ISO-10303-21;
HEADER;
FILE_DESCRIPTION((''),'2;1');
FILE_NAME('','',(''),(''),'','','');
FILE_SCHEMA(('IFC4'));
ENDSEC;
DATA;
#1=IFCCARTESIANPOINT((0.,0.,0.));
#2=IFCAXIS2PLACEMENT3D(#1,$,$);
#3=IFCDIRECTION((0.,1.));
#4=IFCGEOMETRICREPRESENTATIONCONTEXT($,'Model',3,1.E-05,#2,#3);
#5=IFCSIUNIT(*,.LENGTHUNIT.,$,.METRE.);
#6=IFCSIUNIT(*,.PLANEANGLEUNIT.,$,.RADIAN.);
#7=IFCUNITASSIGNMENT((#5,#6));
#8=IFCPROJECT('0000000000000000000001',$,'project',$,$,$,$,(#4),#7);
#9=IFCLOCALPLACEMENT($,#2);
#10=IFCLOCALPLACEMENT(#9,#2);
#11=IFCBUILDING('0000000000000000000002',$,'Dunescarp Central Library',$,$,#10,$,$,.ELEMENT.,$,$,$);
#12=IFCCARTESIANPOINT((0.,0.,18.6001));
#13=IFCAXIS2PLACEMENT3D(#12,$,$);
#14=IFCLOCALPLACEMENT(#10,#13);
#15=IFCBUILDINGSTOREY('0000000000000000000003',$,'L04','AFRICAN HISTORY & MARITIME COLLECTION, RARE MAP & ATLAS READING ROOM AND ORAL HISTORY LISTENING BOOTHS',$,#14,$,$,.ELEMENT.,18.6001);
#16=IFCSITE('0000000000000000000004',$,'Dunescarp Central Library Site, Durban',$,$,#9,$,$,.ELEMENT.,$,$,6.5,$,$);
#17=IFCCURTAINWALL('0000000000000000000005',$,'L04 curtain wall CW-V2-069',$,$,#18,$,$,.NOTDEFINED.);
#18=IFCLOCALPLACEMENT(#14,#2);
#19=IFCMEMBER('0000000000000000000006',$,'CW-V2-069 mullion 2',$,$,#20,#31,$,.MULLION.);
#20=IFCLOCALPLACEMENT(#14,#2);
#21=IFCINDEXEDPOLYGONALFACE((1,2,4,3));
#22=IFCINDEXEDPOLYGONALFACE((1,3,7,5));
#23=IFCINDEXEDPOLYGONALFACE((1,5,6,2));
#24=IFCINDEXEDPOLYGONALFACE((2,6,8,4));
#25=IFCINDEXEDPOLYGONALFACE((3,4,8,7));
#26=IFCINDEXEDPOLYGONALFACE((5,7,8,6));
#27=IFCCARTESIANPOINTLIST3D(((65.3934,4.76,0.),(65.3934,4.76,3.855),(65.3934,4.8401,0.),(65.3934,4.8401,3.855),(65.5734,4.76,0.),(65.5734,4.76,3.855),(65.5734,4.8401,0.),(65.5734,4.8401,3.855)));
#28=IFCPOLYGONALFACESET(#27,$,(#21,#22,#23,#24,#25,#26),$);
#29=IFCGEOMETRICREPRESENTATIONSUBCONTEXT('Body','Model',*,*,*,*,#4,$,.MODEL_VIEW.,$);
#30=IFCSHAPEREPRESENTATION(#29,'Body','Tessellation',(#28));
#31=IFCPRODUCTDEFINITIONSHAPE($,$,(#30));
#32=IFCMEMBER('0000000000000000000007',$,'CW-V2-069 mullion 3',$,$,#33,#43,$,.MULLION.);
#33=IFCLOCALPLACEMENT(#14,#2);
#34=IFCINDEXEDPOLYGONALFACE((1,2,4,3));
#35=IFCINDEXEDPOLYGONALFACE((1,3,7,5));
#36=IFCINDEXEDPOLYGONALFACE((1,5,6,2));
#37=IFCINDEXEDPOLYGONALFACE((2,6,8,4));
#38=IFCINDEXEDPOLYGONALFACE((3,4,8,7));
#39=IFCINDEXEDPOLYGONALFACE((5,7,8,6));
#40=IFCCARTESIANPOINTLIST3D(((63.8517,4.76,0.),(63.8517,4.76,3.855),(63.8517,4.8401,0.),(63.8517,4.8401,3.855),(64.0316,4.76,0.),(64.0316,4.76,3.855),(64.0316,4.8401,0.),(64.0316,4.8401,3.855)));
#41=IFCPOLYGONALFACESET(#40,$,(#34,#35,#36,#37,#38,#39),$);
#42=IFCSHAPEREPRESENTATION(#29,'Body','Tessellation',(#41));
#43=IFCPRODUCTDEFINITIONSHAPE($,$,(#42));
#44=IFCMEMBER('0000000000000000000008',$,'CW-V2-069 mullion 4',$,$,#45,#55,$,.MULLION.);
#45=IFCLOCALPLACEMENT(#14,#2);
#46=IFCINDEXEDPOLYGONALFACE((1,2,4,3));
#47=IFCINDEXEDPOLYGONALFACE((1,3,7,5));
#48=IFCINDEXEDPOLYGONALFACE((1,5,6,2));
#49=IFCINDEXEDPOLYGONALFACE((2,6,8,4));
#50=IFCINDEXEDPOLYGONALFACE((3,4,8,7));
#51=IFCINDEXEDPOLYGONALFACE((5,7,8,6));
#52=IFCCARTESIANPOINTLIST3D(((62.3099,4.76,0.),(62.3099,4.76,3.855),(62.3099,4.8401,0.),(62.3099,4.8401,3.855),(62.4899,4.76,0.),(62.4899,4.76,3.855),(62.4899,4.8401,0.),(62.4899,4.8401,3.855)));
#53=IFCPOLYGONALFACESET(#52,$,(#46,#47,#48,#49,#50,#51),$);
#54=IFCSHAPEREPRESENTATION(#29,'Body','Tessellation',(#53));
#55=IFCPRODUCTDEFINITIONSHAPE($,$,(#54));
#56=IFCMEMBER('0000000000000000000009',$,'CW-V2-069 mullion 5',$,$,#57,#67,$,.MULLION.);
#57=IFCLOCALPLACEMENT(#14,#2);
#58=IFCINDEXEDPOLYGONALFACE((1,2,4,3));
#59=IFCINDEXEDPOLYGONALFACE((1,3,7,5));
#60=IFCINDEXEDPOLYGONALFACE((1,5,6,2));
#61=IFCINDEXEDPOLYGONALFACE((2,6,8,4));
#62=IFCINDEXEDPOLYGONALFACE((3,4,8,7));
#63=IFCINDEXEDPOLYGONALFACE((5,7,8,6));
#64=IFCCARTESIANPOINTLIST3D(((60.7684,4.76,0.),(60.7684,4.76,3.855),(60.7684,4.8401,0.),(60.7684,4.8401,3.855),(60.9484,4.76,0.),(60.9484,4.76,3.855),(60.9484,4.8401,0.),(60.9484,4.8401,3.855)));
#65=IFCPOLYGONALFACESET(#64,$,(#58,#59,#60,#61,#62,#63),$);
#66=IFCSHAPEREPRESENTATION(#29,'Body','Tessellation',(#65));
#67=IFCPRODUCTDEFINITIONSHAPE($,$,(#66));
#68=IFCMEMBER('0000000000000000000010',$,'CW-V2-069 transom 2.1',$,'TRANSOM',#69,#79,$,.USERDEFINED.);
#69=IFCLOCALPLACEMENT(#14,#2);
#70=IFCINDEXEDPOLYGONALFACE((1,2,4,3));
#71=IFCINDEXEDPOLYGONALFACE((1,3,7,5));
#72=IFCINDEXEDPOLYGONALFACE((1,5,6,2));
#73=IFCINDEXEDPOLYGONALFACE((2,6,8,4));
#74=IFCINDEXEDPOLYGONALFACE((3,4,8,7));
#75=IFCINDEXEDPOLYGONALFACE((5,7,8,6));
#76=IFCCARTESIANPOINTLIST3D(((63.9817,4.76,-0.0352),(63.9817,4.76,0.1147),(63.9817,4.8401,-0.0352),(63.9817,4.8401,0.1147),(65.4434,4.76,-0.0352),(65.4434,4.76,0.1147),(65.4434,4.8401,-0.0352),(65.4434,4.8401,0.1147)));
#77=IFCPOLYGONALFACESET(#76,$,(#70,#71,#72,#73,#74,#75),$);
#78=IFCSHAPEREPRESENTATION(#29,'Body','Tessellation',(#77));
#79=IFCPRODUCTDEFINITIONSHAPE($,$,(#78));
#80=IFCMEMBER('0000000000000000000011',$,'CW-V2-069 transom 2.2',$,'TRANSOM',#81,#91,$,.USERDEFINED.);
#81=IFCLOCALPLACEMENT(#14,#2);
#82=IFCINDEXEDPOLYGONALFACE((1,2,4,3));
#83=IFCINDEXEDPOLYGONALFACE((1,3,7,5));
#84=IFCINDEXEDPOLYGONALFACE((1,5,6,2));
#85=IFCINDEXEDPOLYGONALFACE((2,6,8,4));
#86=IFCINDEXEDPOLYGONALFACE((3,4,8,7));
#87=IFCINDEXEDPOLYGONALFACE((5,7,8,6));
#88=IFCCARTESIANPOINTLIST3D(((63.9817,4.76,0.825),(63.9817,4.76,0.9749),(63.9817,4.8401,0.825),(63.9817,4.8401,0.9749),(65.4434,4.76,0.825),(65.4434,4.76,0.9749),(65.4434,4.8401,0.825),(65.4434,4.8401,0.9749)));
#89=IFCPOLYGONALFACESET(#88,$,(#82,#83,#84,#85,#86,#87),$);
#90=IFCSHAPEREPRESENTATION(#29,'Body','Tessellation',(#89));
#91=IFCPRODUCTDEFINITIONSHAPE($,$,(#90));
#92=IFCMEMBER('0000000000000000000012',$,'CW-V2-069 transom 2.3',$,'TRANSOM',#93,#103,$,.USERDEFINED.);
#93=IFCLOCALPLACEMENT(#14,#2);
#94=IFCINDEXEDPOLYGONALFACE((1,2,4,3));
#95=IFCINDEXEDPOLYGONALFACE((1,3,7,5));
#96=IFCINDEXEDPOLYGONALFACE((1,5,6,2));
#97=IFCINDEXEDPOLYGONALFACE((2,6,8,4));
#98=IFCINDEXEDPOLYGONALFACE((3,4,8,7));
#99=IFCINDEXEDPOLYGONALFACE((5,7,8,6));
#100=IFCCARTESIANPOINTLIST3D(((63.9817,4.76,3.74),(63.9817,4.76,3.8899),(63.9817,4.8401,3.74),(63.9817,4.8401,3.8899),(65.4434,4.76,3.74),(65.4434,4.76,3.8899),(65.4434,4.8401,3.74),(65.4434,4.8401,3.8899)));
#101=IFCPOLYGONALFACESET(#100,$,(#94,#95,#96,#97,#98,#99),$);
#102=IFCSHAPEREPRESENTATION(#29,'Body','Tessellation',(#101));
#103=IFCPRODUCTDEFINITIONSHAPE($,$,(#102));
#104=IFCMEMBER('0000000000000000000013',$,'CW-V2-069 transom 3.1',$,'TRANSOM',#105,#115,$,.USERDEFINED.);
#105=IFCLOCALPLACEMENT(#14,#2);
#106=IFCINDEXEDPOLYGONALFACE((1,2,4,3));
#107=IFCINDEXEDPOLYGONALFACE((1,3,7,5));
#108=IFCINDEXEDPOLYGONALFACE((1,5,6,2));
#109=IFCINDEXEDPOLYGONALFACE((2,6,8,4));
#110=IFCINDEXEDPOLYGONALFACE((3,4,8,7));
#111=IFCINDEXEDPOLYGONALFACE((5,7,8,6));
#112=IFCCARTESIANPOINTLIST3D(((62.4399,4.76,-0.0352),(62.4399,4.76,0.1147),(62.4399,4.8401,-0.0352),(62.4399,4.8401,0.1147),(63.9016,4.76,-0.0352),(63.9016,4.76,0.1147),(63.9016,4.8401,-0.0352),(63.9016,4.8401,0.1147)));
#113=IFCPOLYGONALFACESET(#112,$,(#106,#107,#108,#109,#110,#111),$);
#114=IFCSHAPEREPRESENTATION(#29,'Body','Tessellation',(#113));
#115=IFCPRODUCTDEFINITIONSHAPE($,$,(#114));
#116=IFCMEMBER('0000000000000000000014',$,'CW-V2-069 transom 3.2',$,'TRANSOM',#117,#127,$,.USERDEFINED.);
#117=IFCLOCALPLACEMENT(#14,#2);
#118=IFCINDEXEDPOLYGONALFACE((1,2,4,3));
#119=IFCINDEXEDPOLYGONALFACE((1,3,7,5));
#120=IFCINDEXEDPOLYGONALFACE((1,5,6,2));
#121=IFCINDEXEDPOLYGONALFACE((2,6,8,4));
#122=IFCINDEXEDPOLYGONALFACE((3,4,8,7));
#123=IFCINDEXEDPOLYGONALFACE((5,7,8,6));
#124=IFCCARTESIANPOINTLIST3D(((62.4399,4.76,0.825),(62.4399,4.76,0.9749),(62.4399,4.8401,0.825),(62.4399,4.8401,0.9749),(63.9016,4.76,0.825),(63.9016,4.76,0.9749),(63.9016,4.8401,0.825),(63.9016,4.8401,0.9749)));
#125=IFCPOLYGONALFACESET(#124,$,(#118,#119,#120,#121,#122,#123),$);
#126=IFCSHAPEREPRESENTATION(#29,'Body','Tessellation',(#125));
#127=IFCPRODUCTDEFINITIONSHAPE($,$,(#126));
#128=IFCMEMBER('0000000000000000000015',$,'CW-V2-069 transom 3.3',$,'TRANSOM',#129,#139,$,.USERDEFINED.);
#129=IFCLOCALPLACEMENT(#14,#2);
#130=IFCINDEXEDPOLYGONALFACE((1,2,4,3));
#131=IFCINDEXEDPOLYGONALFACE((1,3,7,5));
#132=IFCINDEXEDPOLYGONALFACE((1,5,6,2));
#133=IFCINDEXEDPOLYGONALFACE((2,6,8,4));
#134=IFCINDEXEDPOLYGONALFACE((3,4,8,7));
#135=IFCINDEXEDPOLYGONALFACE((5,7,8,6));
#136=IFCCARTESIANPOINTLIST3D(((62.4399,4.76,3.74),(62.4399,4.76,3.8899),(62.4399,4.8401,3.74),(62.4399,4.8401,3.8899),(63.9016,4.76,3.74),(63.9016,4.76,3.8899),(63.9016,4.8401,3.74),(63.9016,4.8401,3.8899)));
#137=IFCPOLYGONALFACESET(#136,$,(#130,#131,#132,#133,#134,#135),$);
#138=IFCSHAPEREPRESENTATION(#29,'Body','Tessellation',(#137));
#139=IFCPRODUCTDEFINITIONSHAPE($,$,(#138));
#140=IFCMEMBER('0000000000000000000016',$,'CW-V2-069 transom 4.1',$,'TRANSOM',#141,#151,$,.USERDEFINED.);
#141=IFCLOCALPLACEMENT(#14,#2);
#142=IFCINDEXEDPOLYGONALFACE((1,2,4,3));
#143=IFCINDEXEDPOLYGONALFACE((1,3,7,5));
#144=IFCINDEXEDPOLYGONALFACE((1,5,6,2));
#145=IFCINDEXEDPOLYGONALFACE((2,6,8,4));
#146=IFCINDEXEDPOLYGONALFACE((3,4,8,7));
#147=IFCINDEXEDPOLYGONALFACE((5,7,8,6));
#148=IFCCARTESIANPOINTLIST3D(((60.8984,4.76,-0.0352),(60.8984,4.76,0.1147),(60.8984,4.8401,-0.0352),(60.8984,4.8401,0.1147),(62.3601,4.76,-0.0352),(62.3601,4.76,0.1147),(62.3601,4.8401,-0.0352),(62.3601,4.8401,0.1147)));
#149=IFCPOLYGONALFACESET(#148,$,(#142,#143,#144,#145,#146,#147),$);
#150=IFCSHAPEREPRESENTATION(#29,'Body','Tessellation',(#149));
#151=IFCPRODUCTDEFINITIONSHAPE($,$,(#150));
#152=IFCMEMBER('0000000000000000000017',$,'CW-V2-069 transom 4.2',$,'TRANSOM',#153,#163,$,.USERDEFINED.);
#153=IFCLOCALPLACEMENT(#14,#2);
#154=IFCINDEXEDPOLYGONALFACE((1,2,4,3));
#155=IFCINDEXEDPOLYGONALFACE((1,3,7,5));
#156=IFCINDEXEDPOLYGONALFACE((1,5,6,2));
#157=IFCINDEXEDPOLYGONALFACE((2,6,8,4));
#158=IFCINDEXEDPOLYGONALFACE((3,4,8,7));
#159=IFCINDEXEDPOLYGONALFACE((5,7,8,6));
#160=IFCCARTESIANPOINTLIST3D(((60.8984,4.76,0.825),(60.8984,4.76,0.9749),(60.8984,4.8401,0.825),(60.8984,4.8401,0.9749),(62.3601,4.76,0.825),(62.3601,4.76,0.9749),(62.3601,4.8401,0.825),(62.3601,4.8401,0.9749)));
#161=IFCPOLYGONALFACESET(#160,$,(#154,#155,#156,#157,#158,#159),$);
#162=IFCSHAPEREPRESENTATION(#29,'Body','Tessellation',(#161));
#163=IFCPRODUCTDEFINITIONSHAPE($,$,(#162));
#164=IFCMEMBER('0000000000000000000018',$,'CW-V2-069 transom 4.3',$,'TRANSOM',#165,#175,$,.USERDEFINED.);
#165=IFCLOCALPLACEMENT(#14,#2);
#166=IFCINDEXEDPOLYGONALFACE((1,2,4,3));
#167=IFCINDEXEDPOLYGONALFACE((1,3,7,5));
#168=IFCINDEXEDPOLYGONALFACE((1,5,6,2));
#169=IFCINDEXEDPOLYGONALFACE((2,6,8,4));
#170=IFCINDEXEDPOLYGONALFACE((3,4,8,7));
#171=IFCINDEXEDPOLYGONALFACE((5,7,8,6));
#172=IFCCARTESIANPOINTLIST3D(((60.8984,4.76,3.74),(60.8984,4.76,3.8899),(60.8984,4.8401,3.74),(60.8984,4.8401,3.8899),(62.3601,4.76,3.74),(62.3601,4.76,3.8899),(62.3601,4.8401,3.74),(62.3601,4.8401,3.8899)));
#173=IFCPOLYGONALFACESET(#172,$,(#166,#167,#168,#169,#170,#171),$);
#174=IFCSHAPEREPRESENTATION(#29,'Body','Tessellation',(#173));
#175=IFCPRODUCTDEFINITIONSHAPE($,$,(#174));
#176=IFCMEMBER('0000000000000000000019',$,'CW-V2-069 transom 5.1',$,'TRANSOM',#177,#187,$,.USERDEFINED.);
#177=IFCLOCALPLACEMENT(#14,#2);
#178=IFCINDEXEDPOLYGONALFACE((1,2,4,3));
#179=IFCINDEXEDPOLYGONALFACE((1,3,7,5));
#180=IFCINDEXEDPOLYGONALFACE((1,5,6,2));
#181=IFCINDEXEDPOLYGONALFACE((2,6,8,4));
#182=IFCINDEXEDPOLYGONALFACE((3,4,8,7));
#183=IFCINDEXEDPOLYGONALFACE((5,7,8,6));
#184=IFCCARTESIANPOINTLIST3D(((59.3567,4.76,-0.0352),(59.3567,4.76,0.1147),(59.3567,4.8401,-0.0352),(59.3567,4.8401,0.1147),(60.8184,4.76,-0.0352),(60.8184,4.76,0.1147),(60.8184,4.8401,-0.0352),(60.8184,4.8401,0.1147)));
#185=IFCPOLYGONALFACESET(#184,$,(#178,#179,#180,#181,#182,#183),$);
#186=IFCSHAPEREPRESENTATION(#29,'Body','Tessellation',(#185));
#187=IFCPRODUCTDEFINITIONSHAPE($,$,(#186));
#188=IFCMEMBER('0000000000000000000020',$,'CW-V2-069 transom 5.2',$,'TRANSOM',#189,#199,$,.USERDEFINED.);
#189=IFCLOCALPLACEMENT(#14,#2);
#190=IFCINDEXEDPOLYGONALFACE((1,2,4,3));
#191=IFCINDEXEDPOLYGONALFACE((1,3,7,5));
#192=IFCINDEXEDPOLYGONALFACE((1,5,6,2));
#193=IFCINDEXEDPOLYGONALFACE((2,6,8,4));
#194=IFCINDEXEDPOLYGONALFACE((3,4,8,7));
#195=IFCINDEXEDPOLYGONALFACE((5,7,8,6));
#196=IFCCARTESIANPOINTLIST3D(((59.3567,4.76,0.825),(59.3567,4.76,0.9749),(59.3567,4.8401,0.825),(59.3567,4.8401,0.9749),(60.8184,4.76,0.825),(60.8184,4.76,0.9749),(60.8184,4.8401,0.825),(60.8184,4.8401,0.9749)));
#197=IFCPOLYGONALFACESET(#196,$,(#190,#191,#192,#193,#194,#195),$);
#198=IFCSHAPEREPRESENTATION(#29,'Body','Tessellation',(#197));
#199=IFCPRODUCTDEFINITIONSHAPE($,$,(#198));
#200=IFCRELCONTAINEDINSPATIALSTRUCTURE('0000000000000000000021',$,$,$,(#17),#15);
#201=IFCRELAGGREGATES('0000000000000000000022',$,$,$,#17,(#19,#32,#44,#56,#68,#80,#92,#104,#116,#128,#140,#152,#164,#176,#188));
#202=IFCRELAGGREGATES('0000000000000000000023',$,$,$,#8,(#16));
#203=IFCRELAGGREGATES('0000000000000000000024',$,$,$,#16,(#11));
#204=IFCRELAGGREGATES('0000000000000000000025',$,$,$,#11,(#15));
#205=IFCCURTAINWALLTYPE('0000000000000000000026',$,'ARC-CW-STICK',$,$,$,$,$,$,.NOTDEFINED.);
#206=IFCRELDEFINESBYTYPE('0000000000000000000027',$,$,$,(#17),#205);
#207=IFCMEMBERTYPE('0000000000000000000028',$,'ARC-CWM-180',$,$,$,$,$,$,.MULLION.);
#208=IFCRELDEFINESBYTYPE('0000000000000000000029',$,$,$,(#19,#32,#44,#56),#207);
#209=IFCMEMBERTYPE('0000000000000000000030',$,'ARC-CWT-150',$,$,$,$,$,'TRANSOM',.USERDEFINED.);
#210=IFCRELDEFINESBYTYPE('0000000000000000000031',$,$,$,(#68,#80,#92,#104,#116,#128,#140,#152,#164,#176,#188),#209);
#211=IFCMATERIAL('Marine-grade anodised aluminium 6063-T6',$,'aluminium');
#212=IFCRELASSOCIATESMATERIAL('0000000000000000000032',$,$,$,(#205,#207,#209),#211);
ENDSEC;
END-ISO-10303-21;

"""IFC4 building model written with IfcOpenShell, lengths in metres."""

from ifc_helpers import new_model, si_unit, direction, frame, origin, origin_2d, place, context, subcontext, project, spatial, rectangle, extrude, material, material_profile, profile_set, type_object, element, aggregate, save


model = new_model("IFC4")

# Units and contexts
model_context = context("Model", 3, precision=1e-05, world=origin(), true_north=direction((0.0, 1.0)))
body_context = subcontext(model_context, "Body", "Model", "MODEL_VIEW")
ifc_project = project(units=[si_unit("LENGTHUNIT", "METRE"), si_unit("PLANEANGLEUNIT", "RADIAN")], contexts=[model_context])

# Site, building, storey
site_placement = place(None, origin())
site = spatial("IfcSite", under=ifc_project, at=site_placement, Name="Dunescarp Central Library Site, Durban", CompositionType="ELEMENT", RefElevation=6.5)
building_placement = place(site_placement, origin())
building = spatial("IfcBuilding", under=site, at=building_placement, Name="Dunescarp Central Library", CompositionType="ELEMENT")
storey_placement = place(building_placement, frame((0.0, 0.0, 18.6001)))
storey = spatial("IfcBuildingStorey", under=building, at=storey_placement, Name="L04", Description="AFRICAN HISTORY & MARITIME COLLECTION, RARE MAP & ATLAS READING ROOM AND ORAL HISTORY LISTENING BOOTHS", CompositionType="ELEMENT", Elevation=18.6001)

# Curtain wall, members
ifc_material_1 = material(Name="Marine-grade anodised aluminium 6063-T6", Category="aluminium")
curtain_wall_type = type_object("IfcCurtainWallType", Name="ARC-CW-STICK", PredefinedType="NOTDEFINED", material=ifc_material_1)
curtain_wall_placement = place(storey_placement, origin())
curtain_wall = element("IfcCurtainWall", 1, at=curtain_wall_placement, inside=storey, type_object=curtain_wall_type, Name="L04 curtain wall CW-V2-069", PredefinedType="NOTDEFINED")
ifc_material_profile_1 = material_profile(ifc_material_1, rectangle(XDim=0.0801, YDim=0.1799, at=origin_2d()), Name="AL 80x180")
ifc_profile_set_1 = profile_set([ifc_material_profile_1], Name="Marine-grade anodised aluminium 6063-T6")
member_type_1 = type_object("IfcMemberType", Name="ARC-CWM-180", PredefinedType="MULLION", material=ifc_profile_set_1)
member_1_placement = place(storey_placement, frame((65.4834, 4.8, 0.0), z_axis=(0.0, 0.0, 1.0), x_axis=(0.0, -1.0, 0.0)))
member_1 = element("IfcMember", 2, at=member_1_placement, type_object=member_type_1, Name="CW-V2-069 mullion 2", PredefinedType="MULLION", context=body_context, shape_type="SweptSolid", body=[
    extrude(rectangle(XDim=0.0801, YDim=0.1799, at=origin_2d()), origin(), (0.0, 0.0, 1.0), 3.855),
])
member_2_placement = place(storey_placement, frame((63.9417, 4.8, 0.0), z_axis=(0.0, 0.0, 1.0), x_axis=(0.0, -1.0, 0.0)))
member_2 = element("IfcMember", 3, at=member_2_placement, type_object=member_type_1, Name="CW-V2-069 mullion 3", PredefinedType="MULLION", context=body_context, shape_type="SweptSolid", body=[
    extrude(rectangle(XDim=0.0801, YDim=0.1799, at=origin_2d()), origin(), (0.0, 0.0, 1.0), 3.855),
])
member_3_placement = place(storey_placement, frame((62.3999, 4.8, 0.0), z_axis=(0.0, 0.0, 1.0), x_axis=(0.0, -1.0, 0.0)))
member_3 = element("IfcMember", 4, at=member_3_placement, type_object=member_type_1, Name="CW-V2-069 mullion 4", PredefinedType="MULLION", context=body_context, shape_type="SweptSolid", body=[
    extrude(rectangle(XDim=0.0801, YDim=0.1799, at=origin_2d()), origin(), (0.0, 0.0, 1.0), 3.855),
])
member_4_placement = place(storey_placement, frame((60.8584, 4.8, 0.0), z_axis=(0.0, 0.0, 1.0), x_axis=(0.0, -1.0, 0.0)))
member_4 = element("IfcMember", 5, at=member_4_placement, type_object=member_type_1, Name="CW-V2-069 mullion 5", PredefinedType="MULLION", context=body_context, shape_type="SweptSolid", body=[
    extrude(rectangle(XDim=0.0801, YDim=0.1799, at=origin_2d()), origin(), (0.0, 0.0, 1.0), 3.855),
])
ifc_material_profile_2 = material_profile(ifc_material_1, rectangle(XDim=0.0801, YDim=0.1499, at=origin_2d()), Name="AL 80x150")
ifc_profile_set_2 = profile_set([ifc_material_profile_2], Name="Marine-grade anodised aluminium 6063-T6")
member_type_2 = type_object("IfcMemberType", Name="ARC-CWT-150", ElementType="TRANSOM", PredefinedType="USERDEFINED", material=ifc_profile_set_2)
member_5_placement = place(storey_placement, frame((65.4434, 4.8, 0.0398), z_axis=(-1.0, 0.0, 0.0), x_axis=(0.0, -1.0, 0.0)))
member_5 = element("IfcMember", 6, at=member_5_placement, type_object=member_type_2, Name="CW-V2-069 transom 2.1", ObjectType="TRANSOM", PredefinedType="USERDEFINED", context=body_context, shape_type="SweptSolid", body=[
    extrude(rectangle(XDim=0.0801, YDim=0.1499, at=origin_2d()), origin(), (0.0, 0.0, 1.0), 1.4617),
])
member_6_placement = place(storey_placement, frame((65.4434, 4.8, 0.8999), z_axis=(-1.0, 0.0, 0.0), x_axis=(0.0, -1.0, 0.0)))
member_6 = element("IfcMember", 7, at=member_6_placement, type_object=member_type_2, Name="CW-V2-069 transom 2.2", ObjectType="TRANSOM", PredefinedType="USERDEFINED", context=body_context, shape_type="SweptSolid", body=[
    extrude(rectangle(XDim=0.0801, YDim=0.1499, at=origin_2d()), origin(), (0.0, 0.0, 1.0), 1.4617),
])
member_7_placement = place(storey_placement, frame((65.4434, 4.8, 3.8149), z_axis=(-1.0, 0.0, 0.0), x_axis=(0.0, -1.0, 0.0)))
member_7 = element("IfcMember", 8, at=member_7_placement, type_object=member_type_2, Name="CW-V2-069 transom 2.3", ObjectType="TRANSOM", PredefinedType="USERDEFINED", context=body_context, shape_type="SweptSolid", body=[
    extrude(rectangle(XDim=0.0801, YDim=0.1499, at=origin_2d()), origin(), (0.0, 0.0, 1.0), 1.4617),
])
member_8_placement = place(storey_placement, frame((63.9016, 4.8, 0.0398), z_axis=(-1.0, 0.0, 0.0), x_axis=(0.0, -1.0, 0.0)))
member_8 = element("IfcMember", 9, at=member_8_placement, type_object=member_type_2, Name="CW-V2-069 transom 3.1", ObjectType="TRANSOM", PredefinedType="USERDEFINED", context=body_context, shape_type="SweptSolid", body=[
    extrude(rectangle(XDim=0.0801, YDim=0.1499, at=origin_2d()), origin(), (0.0, 0.0, 1.0), 1.4617),
])
member_9_placement = place(storey_placement, frame((63.9016, 4.8, 0.8999), z_axis=(-1.0, 0.0, 0.0), x_axis=(0.0, -1.0, 0.0)))
member_9 = element("IfcMember", 10, at=member_9_placement, type_object=member_type_2, Name="CW-V2-069 transom 3.2", ObjectType="TRANSOM", PredefinedType="USERDEFINED", context=body_context, shape_type="SweptSolid", body=[
    extrude(rectangle(XDim=0.0801, YDim=0.1499, at=origin_2d()), origin(), (0.0, 0.0, 1.0), 1.4617),
])
member_10_placement = place(storey_placement, frame((63.9016, 4.8, 3.8149), z_axis=(-1.0, 0.0, 0.0), x_axis=(0.0, -1.0, 0.0)))
member_10 = element("IfcMember", 11, at=member_10_placement, type_object=member_type_2, Name="CW-V2-069 transom 3.3", ObjectType="TRANSOM", PredefinedType="USERDEFINED", context=body_context, shape_type="SweptSolid", body=[
    extrude(rectangle(XDim=0.0801, YDim=0.1499, at=origin_2d()), origin(), (0.0, 0.0, 1.0), 1.4617),
])
member_11_placement = place(storey_placement, frame((62.3601, 4.8, 0.0398), z_axis=(-1.0, 0.0, 0.0), x_axis=(0.0, -1.0, 0.0)))
member_11 = element("IfcMember", 12, at=member_11_placement, type_object=member_type_2, Name="CW-V2-069 transom 4.1", ObjectType="TRANSOM", PredefinedType="USERDEFINED", context=body_context, shape_type="SweptSolid", body=[
    extrude(rectangle(XDim=0.0801, YDim=0.1499, at=origin_2d()), origin(), (0.0, 0.0, 1.0), 1.4617),
])
member_12_placement = place(storey_placement, frame((62.3601, 4.8, 0.8999), z_axis=(-1.0, 0.0, 0.0), x_axis=(0.0, -1.0, 0.0)))
member_12 = element("IfcMember", 13, at=member_12_placement, type_object=member_type_2, Name="CW-V2-069 transom 4.2", ObjectType="TRANSOM", PredefinedType="USERDEFINED", context=body_context, shape_type="SweptSolid", body=[
    extrude(rectangle(XDim=0.0801, YDim=0.1499, at=origin_2d()), origin(), (0.0, 0.0, 1.0), 1.4617),
])
member_13_placement = place(storey_placement, frame((62.3601, 4.8, 3.8149), z_axis=(-1.0, 0.0, 0.0), x_axis=(0.0, -1.0, 0.0)))
member_13 = element("IfcMember", 14, at=member_13_placement, type_object=member_type_2, Name="CW-V2-069 transom 4.3", ObjectType="TRANSOM", PredefinedType="USERDEFINED", context=body_context, shape_type="SweptSolid", body=[
    extrude(rectangle(XDim=0.0801, YDim=0.1499, at=origin_2d()), origin(), (0.0, 0.0, 1.0), 1.4617),
])
member_14_placement = place(storey_placement, frame((60.8184, 4.8, 0.0398), z_axis=(-1.0, 0.0, 0.0), x_axis=(0.0, -1.0, 0.0)))
member_14 = element("IfcMember", 15, at=member_14_placement, type_object=member_type_2, Name="CW-V2-069 transom 5.1", ObjectType="TRANSOM", PredefinedType="USERDEFINED", context=body_context, shape_type="SweptSolid", body=[
    extrude(rectangle(XDim=0.0801, YDim=0.1499, at=origin_2d()), origin(), (0.0, 0.0, 1.0), 1.4617),
])
member_15_placement = place(storey_placement, frame((60.8184, 4.8, 0.8999), z_axis=(-1.0, 0.0, 0.0), x_axis=(0.0, -1.0, 0.0)))
member_15 = element("IfcMember", 16, at=member_15_placement, type_object=member_type_2, Name="CW-V2-069 transom 5.2", ObjectType="TRANSOM", PredefinedType="USERDEFINED", context=body_context, shape_type="SweptSolid", body=[
    extrude(rectangle(XDim=0.0801, YDim=0.1499, at=origin_2d()), origin(), (0.0, 0.0, 1.0), 1.4617),
])
aggregate(curtain_wall, [member_1, member_2, member_3, member_4, member_5, member_6, member_7, member_8, member_9, member_10, member_11, member_12, member_13, member_14, member_15])

save(model, "model.ifc")
